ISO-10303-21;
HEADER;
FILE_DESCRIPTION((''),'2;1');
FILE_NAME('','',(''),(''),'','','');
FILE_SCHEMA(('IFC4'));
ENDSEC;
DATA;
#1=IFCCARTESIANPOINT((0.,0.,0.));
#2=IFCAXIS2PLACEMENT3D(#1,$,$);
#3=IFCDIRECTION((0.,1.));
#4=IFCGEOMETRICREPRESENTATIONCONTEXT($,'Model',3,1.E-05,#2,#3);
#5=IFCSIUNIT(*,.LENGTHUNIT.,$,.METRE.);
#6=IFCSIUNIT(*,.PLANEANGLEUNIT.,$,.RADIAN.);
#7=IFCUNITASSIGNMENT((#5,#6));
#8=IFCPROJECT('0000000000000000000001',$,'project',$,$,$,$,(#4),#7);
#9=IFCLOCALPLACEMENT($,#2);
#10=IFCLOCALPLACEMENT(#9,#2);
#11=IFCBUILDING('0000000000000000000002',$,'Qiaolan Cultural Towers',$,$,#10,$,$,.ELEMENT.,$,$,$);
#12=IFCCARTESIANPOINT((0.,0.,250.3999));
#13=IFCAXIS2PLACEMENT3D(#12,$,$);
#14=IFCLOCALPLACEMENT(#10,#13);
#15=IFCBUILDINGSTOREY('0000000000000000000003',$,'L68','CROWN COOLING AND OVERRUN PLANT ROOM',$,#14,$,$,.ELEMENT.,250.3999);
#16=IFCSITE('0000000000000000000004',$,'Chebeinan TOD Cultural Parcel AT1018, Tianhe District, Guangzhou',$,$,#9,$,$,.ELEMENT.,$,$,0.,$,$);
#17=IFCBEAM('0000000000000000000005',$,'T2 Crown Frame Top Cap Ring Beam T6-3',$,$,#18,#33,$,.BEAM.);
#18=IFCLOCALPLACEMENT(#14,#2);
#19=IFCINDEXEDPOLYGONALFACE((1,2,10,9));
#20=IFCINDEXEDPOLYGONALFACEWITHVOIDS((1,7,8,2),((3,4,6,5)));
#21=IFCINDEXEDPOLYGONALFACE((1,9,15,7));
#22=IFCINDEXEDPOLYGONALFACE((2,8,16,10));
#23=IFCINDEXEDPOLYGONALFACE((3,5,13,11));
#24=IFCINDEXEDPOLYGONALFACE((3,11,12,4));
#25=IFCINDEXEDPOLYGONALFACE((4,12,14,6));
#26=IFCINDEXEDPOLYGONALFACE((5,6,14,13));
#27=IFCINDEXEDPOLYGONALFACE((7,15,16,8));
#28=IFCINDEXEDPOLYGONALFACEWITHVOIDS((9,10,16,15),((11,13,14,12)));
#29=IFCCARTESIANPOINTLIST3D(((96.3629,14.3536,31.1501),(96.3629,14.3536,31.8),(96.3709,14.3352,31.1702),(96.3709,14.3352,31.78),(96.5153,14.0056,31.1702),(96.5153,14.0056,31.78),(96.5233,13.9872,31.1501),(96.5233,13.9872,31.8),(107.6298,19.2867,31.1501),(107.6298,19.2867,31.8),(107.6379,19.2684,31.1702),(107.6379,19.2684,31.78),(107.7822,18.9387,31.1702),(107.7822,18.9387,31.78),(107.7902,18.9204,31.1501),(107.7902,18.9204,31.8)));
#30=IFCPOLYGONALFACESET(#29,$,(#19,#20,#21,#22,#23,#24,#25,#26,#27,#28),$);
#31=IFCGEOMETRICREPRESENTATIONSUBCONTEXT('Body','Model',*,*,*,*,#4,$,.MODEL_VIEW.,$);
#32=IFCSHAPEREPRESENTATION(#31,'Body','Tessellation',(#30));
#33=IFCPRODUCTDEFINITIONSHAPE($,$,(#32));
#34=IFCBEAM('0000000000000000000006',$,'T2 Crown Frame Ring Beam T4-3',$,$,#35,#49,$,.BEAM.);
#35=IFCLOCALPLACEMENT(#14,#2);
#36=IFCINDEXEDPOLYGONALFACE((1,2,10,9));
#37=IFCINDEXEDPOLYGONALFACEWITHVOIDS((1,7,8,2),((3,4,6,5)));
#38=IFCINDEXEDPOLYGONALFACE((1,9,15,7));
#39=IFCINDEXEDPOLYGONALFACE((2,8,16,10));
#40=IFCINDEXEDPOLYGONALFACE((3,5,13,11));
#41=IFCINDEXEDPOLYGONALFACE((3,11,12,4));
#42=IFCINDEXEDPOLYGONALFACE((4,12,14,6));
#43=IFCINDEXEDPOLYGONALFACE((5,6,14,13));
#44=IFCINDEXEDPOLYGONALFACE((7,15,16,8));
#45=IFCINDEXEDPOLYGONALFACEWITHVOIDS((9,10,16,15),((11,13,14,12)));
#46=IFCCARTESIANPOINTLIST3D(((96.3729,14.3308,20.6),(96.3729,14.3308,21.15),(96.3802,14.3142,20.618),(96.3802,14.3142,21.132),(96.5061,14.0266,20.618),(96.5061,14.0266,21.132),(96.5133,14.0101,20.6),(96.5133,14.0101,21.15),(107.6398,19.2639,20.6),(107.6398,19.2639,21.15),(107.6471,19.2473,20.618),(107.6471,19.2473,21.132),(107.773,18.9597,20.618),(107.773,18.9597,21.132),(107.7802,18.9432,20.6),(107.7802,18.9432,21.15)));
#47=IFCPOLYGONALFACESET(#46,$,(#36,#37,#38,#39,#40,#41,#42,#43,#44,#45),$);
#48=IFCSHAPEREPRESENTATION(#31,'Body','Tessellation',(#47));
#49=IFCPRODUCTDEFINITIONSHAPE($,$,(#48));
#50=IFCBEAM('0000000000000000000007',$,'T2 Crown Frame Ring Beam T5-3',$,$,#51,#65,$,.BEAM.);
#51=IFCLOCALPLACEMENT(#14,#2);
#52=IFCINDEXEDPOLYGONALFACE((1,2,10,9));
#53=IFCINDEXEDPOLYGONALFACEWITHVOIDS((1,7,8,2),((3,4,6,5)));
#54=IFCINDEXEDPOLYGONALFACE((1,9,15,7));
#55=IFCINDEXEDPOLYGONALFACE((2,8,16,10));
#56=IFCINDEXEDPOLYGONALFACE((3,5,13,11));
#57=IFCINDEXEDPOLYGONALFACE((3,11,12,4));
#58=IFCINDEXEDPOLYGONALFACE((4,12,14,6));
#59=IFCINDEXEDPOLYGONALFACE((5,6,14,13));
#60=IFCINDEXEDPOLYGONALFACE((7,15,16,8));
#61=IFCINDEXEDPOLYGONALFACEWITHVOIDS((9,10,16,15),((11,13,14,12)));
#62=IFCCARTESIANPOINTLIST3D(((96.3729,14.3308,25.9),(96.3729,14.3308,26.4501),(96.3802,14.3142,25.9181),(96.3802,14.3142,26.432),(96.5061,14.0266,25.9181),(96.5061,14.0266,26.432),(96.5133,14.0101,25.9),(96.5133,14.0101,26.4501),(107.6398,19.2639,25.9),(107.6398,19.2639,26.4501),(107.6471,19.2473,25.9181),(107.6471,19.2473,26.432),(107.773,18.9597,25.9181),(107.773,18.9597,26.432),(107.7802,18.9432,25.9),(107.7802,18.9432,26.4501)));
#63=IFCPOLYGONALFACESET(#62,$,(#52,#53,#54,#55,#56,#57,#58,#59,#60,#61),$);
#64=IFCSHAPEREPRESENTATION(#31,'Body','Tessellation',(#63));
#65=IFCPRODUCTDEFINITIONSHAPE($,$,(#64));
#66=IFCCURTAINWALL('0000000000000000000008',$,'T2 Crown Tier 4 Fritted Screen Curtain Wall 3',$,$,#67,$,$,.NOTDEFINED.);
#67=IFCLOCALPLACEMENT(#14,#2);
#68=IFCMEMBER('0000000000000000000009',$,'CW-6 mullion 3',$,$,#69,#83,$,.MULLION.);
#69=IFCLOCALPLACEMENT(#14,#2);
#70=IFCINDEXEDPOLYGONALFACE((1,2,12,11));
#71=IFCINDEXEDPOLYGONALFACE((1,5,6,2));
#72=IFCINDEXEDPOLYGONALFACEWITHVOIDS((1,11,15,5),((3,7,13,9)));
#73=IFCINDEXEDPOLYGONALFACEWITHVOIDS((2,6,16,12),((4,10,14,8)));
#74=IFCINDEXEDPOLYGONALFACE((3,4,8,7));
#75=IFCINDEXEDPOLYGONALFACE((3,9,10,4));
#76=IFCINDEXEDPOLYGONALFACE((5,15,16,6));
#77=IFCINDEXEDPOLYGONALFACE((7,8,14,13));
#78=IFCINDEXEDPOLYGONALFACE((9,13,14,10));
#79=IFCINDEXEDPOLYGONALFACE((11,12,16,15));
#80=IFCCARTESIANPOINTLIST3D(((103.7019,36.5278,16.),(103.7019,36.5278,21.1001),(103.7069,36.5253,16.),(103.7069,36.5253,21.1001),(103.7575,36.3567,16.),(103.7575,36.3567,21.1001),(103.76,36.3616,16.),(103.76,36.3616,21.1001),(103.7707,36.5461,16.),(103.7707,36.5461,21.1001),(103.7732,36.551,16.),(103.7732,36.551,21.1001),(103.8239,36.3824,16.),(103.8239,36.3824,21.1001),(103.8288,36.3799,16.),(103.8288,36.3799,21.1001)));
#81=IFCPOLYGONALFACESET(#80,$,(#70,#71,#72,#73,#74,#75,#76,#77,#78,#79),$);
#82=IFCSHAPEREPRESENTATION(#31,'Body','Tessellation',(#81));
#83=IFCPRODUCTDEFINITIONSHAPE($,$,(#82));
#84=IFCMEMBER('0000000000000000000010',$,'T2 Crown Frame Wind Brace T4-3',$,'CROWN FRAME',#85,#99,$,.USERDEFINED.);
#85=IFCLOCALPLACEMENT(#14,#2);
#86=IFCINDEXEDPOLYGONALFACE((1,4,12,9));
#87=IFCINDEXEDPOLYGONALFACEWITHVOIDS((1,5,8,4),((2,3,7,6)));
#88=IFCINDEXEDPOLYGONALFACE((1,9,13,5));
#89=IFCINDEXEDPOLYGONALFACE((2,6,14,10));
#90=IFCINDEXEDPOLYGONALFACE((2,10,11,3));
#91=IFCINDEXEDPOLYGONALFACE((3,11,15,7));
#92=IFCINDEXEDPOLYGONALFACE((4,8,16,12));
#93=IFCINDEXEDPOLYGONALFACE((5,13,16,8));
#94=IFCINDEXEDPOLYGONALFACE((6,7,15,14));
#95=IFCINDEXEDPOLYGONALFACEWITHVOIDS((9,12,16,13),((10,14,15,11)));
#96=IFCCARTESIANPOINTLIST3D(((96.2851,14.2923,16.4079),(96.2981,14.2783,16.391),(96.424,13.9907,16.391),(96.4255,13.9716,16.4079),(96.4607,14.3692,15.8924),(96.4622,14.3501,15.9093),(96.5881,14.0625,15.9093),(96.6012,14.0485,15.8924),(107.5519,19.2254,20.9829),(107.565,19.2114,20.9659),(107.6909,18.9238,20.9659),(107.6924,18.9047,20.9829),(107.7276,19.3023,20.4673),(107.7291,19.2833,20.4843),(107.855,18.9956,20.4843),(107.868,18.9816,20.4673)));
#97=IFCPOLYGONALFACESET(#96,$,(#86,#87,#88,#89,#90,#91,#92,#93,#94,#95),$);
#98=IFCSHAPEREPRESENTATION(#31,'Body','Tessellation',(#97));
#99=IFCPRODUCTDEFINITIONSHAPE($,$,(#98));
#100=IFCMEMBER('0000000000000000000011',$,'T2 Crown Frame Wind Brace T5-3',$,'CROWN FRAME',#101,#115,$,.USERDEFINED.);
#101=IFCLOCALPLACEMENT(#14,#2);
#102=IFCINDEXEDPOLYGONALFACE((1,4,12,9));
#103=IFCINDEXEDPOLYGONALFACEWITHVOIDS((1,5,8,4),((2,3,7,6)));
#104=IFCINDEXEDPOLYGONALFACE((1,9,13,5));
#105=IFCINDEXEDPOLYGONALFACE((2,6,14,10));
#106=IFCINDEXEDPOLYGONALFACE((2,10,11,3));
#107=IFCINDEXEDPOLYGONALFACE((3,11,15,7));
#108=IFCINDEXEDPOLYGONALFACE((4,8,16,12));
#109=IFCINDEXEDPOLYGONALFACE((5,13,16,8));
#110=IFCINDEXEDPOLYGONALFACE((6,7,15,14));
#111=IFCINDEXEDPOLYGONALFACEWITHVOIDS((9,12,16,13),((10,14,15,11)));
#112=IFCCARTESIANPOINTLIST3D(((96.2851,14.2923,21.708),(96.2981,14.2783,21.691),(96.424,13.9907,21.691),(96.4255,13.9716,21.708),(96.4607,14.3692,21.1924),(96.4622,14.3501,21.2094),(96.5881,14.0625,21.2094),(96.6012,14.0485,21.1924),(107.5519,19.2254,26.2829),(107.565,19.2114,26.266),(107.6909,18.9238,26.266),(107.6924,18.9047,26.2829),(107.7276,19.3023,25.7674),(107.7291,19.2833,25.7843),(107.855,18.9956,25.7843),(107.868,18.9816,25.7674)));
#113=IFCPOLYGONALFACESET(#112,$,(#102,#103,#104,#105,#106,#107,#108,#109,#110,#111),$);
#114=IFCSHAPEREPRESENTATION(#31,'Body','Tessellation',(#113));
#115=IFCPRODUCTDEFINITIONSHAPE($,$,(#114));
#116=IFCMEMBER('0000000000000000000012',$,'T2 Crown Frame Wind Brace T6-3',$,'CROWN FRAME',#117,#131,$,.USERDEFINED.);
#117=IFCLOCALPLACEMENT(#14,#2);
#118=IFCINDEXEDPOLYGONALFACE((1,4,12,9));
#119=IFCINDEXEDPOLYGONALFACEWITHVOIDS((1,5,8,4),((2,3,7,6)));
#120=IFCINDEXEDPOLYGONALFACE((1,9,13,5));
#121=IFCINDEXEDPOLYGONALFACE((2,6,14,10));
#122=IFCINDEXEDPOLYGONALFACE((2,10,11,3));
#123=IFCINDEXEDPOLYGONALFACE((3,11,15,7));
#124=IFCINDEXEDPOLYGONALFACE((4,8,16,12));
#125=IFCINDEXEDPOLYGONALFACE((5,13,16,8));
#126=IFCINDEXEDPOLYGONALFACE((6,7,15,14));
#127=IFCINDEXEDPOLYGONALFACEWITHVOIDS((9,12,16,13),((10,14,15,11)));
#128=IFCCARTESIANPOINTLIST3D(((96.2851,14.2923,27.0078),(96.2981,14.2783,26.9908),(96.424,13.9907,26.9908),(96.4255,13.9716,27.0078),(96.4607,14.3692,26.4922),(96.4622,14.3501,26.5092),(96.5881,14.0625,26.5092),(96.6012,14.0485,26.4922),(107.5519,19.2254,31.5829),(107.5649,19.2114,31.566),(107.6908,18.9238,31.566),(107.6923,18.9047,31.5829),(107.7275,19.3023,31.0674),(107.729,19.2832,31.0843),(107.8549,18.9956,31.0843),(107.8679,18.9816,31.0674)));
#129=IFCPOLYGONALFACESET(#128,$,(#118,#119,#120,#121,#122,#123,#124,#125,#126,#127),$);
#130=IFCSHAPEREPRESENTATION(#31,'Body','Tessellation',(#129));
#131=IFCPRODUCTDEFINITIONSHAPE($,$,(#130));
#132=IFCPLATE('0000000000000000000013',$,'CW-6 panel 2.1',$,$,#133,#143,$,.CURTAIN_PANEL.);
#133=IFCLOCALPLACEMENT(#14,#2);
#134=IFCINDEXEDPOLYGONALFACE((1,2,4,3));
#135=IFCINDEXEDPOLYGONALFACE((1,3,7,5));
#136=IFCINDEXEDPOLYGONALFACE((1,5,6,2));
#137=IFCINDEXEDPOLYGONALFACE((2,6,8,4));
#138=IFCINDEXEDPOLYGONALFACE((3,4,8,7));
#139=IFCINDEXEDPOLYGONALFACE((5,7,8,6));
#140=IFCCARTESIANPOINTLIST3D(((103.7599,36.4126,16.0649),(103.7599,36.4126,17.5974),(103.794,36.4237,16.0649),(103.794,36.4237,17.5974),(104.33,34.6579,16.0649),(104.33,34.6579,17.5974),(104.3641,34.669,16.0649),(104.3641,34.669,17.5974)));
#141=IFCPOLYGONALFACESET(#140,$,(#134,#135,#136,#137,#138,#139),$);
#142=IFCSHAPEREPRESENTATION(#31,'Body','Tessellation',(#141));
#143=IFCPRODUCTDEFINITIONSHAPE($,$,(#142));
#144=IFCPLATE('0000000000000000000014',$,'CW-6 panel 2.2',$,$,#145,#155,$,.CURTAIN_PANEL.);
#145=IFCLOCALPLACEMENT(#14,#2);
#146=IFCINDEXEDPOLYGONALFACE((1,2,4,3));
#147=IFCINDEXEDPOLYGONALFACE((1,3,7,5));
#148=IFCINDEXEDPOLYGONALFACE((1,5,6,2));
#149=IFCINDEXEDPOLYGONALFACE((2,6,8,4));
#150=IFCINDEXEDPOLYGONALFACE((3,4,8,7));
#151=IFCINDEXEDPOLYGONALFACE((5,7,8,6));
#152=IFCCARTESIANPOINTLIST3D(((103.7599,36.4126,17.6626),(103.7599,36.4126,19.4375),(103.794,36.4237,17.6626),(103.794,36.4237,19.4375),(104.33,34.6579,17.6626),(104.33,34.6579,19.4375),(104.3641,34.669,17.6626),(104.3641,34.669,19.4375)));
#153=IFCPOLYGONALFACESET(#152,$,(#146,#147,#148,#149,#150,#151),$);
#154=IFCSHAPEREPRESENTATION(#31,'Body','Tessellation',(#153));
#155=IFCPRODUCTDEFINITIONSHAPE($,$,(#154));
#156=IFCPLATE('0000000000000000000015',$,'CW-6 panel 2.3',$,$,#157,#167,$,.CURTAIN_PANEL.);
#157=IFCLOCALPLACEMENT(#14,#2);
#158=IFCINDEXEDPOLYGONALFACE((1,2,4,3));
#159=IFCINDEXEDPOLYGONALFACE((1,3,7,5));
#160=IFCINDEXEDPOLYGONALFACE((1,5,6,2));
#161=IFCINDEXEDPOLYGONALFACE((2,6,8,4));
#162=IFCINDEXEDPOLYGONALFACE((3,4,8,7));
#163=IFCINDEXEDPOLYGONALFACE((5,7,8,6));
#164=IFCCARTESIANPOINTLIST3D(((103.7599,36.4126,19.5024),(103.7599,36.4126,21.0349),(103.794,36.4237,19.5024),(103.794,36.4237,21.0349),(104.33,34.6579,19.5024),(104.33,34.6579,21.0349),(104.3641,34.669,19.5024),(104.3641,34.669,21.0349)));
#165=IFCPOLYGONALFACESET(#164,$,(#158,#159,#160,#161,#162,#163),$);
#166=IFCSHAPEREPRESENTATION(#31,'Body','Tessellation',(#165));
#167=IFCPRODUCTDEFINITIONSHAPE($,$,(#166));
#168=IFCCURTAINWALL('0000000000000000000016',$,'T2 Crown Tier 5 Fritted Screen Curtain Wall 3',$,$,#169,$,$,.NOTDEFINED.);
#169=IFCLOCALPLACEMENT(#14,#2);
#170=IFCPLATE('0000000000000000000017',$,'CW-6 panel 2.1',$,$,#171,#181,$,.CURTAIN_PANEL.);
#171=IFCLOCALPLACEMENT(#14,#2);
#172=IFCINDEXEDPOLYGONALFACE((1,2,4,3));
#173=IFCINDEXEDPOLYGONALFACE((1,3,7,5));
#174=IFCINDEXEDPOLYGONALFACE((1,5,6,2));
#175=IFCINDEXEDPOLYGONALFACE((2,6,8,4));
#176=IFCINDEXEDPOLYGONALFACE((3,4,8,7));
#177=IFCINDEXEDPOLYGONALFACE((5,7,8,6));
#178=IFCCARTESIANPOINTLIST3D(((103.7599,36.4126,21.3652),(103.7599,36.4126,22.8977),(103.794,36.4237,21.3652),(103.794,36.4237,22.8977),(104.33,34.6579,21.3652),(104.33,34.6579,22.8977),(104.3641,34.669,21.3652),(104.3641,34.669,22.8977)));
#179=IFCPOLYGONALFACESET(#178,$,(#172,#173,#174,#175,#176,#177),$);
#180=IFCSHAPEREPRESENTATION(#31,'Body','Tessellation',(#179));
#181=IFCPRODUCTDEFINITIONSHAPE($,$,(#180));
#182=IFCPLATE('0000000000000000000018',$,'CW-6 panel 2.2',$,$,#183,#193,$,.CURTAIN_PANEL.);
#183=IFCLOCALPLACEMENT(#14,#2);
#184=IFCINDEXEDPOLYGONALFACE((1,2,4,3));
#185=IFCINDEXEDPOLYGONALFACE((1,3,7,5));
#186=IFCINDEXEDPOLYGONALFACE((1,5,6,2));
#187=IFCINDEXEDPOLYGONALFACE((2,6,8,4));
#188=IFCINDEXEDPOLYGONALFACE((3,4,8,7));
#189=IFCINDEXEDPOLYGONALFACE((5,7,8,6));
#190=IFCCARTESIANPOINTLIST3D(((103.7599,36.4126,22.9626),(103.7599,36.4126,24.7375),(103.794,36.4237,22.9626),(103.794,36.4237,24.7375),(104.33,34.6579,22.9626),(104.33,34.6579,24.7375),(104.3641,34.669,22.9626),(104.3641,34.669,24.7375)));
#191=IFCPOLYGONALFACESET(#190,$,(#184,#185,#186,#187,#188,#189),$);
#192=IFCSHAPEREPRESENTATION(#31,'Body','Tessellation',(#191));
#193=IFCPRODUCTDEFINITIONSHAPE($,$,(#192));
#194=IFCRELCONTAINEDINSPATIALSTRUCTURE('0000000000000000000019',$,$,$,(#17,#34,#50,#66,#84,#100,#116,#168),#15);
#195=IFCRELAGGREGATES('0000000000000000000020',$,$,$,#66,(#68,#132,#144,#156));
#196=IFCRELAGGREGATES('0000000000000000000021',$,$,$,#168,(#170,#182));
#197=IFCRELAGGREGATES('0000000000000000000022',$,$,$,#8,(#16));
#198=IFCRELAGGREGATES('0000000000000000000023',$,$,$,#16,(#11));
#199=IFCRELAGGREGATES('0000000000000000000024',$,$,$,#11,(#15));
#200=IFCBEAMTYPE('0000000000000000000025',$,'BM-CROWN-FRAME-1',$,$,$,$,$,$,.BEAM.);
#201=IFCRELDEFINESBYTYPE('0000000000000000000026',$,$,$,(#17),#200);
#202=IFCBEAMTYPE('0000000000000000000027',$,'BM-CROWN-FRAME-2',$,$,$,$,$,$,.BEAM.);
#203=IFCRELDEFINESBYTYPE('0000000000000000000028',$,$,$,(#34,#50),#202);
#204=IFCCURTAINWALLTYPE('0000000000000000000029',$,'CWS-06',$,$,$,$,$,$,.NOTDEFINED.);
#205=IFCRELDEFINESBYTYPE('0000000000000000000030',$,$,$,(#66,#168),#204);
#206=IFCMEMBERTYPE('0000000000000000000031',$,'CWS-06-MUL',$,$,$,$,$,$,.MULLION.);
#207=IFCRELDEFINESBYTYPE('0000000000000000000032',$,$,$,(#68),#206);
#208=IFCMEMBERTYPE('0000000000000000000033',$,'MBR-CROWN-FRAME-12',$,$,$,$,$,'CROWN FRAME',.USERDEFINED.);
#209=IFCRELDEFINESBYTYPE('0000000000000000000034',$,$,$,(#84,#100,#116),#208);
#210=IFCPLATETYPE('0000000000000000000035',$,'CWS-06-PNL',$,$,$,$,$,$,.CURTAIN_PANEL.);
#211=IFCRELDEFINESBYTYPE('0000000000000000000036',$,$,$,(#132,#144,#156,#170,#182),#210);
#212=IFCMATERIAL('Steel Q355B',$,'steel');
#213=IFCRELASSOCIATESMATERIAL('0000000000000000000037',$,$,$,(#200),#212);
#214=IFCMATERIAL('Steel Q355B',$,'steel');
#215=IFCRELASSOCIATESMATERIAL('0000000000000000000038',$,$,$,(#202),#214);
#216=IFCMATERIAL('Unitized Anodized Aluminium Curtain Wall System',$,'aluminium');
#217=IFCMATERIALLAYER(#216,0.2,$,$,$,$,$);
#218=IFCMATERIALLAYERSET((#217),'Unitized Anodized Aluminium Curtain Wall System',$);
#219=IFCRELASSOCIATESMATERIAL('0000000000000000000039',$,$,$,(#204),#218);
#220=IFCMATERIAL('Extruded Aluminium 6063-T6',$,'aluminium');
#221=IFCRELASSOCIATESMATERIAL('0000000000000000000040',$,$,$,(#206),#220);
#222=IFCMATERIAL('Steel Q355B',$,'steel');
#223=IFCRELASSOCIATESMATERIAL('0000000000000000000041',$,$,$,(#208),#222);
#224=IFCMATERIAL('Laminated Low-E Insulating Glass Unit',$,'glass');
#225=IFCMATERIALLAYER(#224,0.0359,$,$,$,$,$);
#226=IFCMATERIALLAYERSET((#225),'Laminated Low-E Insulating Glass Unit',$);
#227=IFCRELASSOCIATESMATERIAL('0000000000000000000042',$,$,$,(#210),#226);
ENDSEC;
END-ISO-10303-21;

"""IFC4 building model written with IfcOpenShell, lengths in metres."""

from ifc_helpers import new_model, si_unit, direction, frame, origin, origin_2d, place, context, subcontext, project, spatial, rectangle, hollow_rectangle, extrude, material, layer, layer_set, material_profile, profile_set, type_object, element, aggregate, save


model = new_model("IFC4")

# Units and contexts
model_context = context("Model", 3, precision=1e-05, world=origin(), true_north=direction((0.0, 1.0)))
body_context = subcontext(model_context, "Body", "Model", "MODEL_VIEW")
ifc_project = project(units=[si_unit("LENGTHUNIT", "METRE"), si_unit("PLANEANGLEUNIT", "RADIAN")], contexts=[model_context])

# Site, building, storey
site_placement = place(None, origin())
site = spatial("IfcSite", under=ifc_project, at=site_placement, Name="Chebeinan TOD Cultural Parcel AT1018, Tianhe District, Guangzhou", CompositionType="ELEMENT", RefElevation=0.0)
building_placement = place(site_placement, origin())
building = spatial("IfcBuilding", under=site, at=building_placement, Name="Qiaolan Cultural Towers", CompositionType="ELEMENT")
storey_placement = place(building_placement, frame((0.0, 0.0, 250.3999)))
storey = spatial("IfcBuildingStorey", under=building, at=storey_placement, Name="L68", Description="CROWN COOLING AND OVERRUN PLANT ROOM", CompositionType="ELEMENT", Elevation=250.3999)

# Beams
ifc_material_1 = material(Name="Steel Q355B", Category="steel")
ifc_material_profile_1 = material_profile(ifc_material_1, hollow_rectangle(XDim=0.3999, YDim=0.6499, WallThickness=0.02, at=origin_2d()), Name="BOX650x400x20")
ifc_profile_set_1 = profile_set([ifc_material_profile_1], Name="Steel Q355B")
beam_type_1 = type_object("IfcBeamType", Name="BM-CROWN-FRAME-1", PredefinedType="BEAM", material=ifc_profile_set_1)
beam_placement = place(storey_placement, frame((96.4431, 14.1704, 31.4751), z_axis=(0.916042, 0.401082, 0.0), x_axis=(-0.401082, 0.916042, 0.0)))
element("IfcBeam", 1, at=beam_placement, inside=storey, type_object=beam_type_1, Name="T2 Crown Frame Top Cap Ring Beam T6-3", PredefinedType="BEAM", context=body_context, shape_type="SweptSolid", body=[
    extrude(hollow_rectangle(XDim=0.3999, YDim=0.6499, WallThickness=0.02, at=origin_2d()), origin(), (0.0, 0.0, 1.0), 12.2996),
])
ifc_material_2 = material(Name="Steel Q355B", Category="steel")
ifc_material_profile_2 = material_profile(ifc_material_2, hollow_rectangle(XDim=0.3501, YDim=0.55, WallThickness=0.0181, at=origin_2d()), Name="BOX550x350x18")
ifc_profile_set_2 = profile_set([ifc_material_profile_2], Name="Steel Q355B")
beam_type_2 = type_object("IfcBeamType", Name="BM-CROWN-FRAME-2", PredefinedType="BEAM", material=ifc_profile_set_2)
for number, where, z_axis, x_axis, name in (
    (2, (96.4431, 14.1704, 20.875), (0.916042, 0.401082, 0.0), (-0.401082, 0.916042, 0.0), "T2 Crown Frame Ring Beam T4-3"),
    (3, (96.4431, 14.1704, 26.175), (0.916042, 0.401082, 0.0), (-0.401082, 0.916042, 0.0), "T2 Crown Frame Ring Beam T5-3"),
):
    element("IfcBeam", number, at=place(storey_placement, frame(where, z_axis=z_axis, x_axis=x_axis)), inside=storey, type_object=beam_type_2, Name=name, PredefinedType="BEAM", context=body_context, shape_type="SweptSolid", body=[
        extrude(hollow_rectangle(XDim=0.3501, YDim=0.55, WallThickness=0.0181, at=origin_2d()), origin(), (0.0, 0.0, 1.0), 12.2996),
    ])

# Curtain wall, member
ifc_material_3 = material(Name="Unitized Anodized Aluminium Curtain Wall System", Category="aluminium")
ifc_layer_1 = layer(ifc_material_3, 0.2)
ifc_layer_set_1 = layer_set([ifc_layer_1], Name="Unitized Anodized Aluminium Curtain Wall System")
curtain_wall_type = type_object("IfcCurtainWallType", Name="CWS-06", PredefinedType="NOTDEFINED", material=ifc_layer_set_1)
curtain_wall_1_placement = place(storey_placement, origin())
curtain_wall_1 = element("IfcCurtainWall", 4, at=curtain_wall_1_placement, inside=storey, type_object=curtain_wall_type, Name="T2 Crown Tier 4 Fritted Screen Curtain Wall 3", PredefinedType="NOTDEFINED")
ifc_material_4 = material(Name="Extruded Aluminium 6063-T6", Category="aluminium")
ifc_material_profile_3 = material_profile(ifc_material_4, hollow_rectangle(XDim=0.075, YDim=0.1799, WallThickness=0.0039, at=origin_2d()), Name="CWM-180x75x4")
ifc_profile_set_3 = profile_set([ifc_material_profile_3], Name="Extruded Aluminium 6063-T6")
member_type_1 = type_object("IfcMemberType", Name="CWS-06-MUL", PredefinedType="MULLION", material=ifc_profile_set_3)
member_placement = place(storey_placement, frame((103.7654, 36.4539, 16.0), z_axis=(0.0, 0.0, 1.0), x_axis=(-0.951057, -0.309017, 0.0)))
member = element("IfcMember", 5, at=member_placement, type_object=member_type_1, Name="CW-6 mullion 3", PredefinedType="MULLION", context=body_context, shape_type="SweptSolid", body=[
    extrude(hollow_rectangle(XDim=0.075, YDim=0.1799, WallThickness=0.0039, at=origin_2d()), origin(), (0.0, 0.0, 1.0), 5.1001),
])

# Members
ifc_material_5 = material(Name="Steel Q355B", Category="steel")
ifc_material_profile_4 = material_profile(ifc_material_5, hollow_rectangle(XDim=0.3501, YDim=0.55, WallThickness=0.0181, at=origin_2d()), Name="BOX550x350x18")
ifc_profile_set_4 = profile_set([ifc_material_profile_4], Name="Steel Q355B")
member_type_2 = type_object("IfcMemberType", Name="MBR-CROWN-FRAME-12", ElementType="CROWN FRAME", PredefinedType="USERDEFINED", material=ifc_profile_set_4)
for number, where, z_axis, x_axis, name in (
    (6, (96.4431, 14.1704, 16.1501), (0.858571, 0.375919, 0.348627), (-0.401082, 0.916042, 0.0), "T2 Crown Frame Wind Brace T4-3"),
    (7, (96.4431, 14.1704, 21.4502), (0.858571, 0.375919, 0.348627), (-0.401082, 0.916042, 0.0), "T2 Crown Frame Wind Brace T5-3"),
    (8, (96.4431, 14.1704, 26.75), (0.858566, 0.375917, 0.348643), (-0.401082, 0.916042, 0.0), "T2 Crown Frame Wind Brace T6-3"),
):
    element("IfcMember", number, at=place(storey_placement, frame(where, z_axis=z_axis, x_axis=x_axis)), inside=storey, type_object=member_type_2, Name=name, ObjectType="CROWN FRAME", PredefinedType="USERDEFINED", context=body_context, shape_type="SweptSolid", body=[
        extrude(hollow_rectangle(XDim=0.3501, YDim=0.55, WallThickness=0.0181, at=origin_2d()), origin(), (0.0, 0.0, 1.0), 13.1228),
    ])

# Plates
ifc_material_6 = material(Name="Laminated Low-E Insulating Glass Unit", Category="glass")
ifc_layer_2 = layer(ifc_material_6, 0.0359)
ifc_layer_set_2 = layer_set([ifc_layer_2], Name="Laminated Low-E Insulating Glass Unit")
plate_type_1 = type_object("IfcPlateType", Name="CWS-06-PNL", PredefinedType="CURTAIN_PANEL", material=ifc_layer_set_2)
plate_1_placement = place(storey_placement, frame((104.062, 35.5408, 16.0649), z_axis=(0.0, 0.0, 1.0), x_axis=(-0.309017, 0.951057, 0.0)))
plate_1 = element("IfcPlate", 9, at=plate_1_placement, type_object=plate_type_1, Name="CW-6 panel 2.1", PredefinedType="CURTAIN_PANEL", context=body_context, shape_type="SweptSolid", body=[
    extrude(rectangle(XDim=1.845, YDim=0.0359, at=origin_2d()), origin(), (0.0, 0.0, 1.0), 1.5325),
])
plate_2_placement = place(storey_placement, frame((104.062, 35.5408, 17.6626), z_axis=(0.0, 0.0, 1.0), x_axis=(-0.309017, 0.951057, 0.0)))
plate_2 = element("IfcPlate", 10, at=plate_2_placement, type_object=plate_type_1, Name="CW-6 panel 2.2", PredefinedType="CURTAIN_PANEL", context=body_context, shape_type="SweptSolid", body=[
    extrude(rectangle(XDim=1.845, YDim=0.0359, at=origin_2d()), origin(), (0.0, 0.0, 1.0), 1.7749),
])
plate_3_placement = place(storey_placement, frame((104.062, 35.5408, 19.5024), z_axis=(0.0, 0.0, 1.0), x_axis=(-0.309017, 0.951057, 0.0)))
plate_3 = element("IfcPlate", 11, at=plate_3_placement, type_object=plate_type_1, Name="CW-6 panel 2.3", PredefinedType="CURTAIN_PANEL", context=body_context, shape_type="SweptSolid", body=[
    extrude(rectangle(XDim=1.845, YDim=0.0359, at=origin_2d()), origin(), (0.0, 0.0, 1.0), 1.5325),
])
aggregate(curtain_wall_1, [member, plate_1, plate_2, plate_3])

# Curtain wall, plates
curtain_wall_2_placement = place(storey_placement, origin())
curtain_wall_2 = element("IfcCurtainWall", 12, at=curtain_wall_2_placement, inside=storey, type_object=curtain_wall_type, Name="T2 Crown Tier 5 Fritted Screen Curtain Wall 3", PredefinedType="NOTDEFINED")
plate_4_placement = place(storey_placement, frame((104.062, 35.5408, 21.3652), z_axis=(0.0, 0.0, 1.0), x_axis=(-0.309017, 0.951057, 0.0)))
plate_4 = element("IfcPlate", 13, at=plate_4_placement, type_object=plate_type_1, Name="CW-6 panel 2.1", PredefinedType="CURTAIN_PANEL", context=body_context, shape_type="SweptSolid", body=[
    extrude(rectangle(XDim=1.845, YDim=0.0359, at=origin_2d()), origin(), (0.0, 0.0, 1.0), 1.5325),
])
plate_5_placement = place(storey_placement, frame((104.062, 35.5408, 22.9626), z_axis=(0.0, 0.0, 1.0), x_axis=(-0.309017, 0.951057, 0.0)))
plate_5 = element("IfcPlate", 14, at=plate_5_placement, type_object=plate_type_1, Name="CW-6 panel 2.2", PredefinedType="CURTAIN_PANEL", context=body_context, shape_type="SweptSolid", body=[
    extrude(rectangle(XDim=1.845, YDim=0.0359, at=origin_2d()), origin(), (0.0, 0.0, 1.0), 1.7749),
])
aggregate(curtain_wall_2, [plate_4, plate_5])

save(model, "model.ifc")
